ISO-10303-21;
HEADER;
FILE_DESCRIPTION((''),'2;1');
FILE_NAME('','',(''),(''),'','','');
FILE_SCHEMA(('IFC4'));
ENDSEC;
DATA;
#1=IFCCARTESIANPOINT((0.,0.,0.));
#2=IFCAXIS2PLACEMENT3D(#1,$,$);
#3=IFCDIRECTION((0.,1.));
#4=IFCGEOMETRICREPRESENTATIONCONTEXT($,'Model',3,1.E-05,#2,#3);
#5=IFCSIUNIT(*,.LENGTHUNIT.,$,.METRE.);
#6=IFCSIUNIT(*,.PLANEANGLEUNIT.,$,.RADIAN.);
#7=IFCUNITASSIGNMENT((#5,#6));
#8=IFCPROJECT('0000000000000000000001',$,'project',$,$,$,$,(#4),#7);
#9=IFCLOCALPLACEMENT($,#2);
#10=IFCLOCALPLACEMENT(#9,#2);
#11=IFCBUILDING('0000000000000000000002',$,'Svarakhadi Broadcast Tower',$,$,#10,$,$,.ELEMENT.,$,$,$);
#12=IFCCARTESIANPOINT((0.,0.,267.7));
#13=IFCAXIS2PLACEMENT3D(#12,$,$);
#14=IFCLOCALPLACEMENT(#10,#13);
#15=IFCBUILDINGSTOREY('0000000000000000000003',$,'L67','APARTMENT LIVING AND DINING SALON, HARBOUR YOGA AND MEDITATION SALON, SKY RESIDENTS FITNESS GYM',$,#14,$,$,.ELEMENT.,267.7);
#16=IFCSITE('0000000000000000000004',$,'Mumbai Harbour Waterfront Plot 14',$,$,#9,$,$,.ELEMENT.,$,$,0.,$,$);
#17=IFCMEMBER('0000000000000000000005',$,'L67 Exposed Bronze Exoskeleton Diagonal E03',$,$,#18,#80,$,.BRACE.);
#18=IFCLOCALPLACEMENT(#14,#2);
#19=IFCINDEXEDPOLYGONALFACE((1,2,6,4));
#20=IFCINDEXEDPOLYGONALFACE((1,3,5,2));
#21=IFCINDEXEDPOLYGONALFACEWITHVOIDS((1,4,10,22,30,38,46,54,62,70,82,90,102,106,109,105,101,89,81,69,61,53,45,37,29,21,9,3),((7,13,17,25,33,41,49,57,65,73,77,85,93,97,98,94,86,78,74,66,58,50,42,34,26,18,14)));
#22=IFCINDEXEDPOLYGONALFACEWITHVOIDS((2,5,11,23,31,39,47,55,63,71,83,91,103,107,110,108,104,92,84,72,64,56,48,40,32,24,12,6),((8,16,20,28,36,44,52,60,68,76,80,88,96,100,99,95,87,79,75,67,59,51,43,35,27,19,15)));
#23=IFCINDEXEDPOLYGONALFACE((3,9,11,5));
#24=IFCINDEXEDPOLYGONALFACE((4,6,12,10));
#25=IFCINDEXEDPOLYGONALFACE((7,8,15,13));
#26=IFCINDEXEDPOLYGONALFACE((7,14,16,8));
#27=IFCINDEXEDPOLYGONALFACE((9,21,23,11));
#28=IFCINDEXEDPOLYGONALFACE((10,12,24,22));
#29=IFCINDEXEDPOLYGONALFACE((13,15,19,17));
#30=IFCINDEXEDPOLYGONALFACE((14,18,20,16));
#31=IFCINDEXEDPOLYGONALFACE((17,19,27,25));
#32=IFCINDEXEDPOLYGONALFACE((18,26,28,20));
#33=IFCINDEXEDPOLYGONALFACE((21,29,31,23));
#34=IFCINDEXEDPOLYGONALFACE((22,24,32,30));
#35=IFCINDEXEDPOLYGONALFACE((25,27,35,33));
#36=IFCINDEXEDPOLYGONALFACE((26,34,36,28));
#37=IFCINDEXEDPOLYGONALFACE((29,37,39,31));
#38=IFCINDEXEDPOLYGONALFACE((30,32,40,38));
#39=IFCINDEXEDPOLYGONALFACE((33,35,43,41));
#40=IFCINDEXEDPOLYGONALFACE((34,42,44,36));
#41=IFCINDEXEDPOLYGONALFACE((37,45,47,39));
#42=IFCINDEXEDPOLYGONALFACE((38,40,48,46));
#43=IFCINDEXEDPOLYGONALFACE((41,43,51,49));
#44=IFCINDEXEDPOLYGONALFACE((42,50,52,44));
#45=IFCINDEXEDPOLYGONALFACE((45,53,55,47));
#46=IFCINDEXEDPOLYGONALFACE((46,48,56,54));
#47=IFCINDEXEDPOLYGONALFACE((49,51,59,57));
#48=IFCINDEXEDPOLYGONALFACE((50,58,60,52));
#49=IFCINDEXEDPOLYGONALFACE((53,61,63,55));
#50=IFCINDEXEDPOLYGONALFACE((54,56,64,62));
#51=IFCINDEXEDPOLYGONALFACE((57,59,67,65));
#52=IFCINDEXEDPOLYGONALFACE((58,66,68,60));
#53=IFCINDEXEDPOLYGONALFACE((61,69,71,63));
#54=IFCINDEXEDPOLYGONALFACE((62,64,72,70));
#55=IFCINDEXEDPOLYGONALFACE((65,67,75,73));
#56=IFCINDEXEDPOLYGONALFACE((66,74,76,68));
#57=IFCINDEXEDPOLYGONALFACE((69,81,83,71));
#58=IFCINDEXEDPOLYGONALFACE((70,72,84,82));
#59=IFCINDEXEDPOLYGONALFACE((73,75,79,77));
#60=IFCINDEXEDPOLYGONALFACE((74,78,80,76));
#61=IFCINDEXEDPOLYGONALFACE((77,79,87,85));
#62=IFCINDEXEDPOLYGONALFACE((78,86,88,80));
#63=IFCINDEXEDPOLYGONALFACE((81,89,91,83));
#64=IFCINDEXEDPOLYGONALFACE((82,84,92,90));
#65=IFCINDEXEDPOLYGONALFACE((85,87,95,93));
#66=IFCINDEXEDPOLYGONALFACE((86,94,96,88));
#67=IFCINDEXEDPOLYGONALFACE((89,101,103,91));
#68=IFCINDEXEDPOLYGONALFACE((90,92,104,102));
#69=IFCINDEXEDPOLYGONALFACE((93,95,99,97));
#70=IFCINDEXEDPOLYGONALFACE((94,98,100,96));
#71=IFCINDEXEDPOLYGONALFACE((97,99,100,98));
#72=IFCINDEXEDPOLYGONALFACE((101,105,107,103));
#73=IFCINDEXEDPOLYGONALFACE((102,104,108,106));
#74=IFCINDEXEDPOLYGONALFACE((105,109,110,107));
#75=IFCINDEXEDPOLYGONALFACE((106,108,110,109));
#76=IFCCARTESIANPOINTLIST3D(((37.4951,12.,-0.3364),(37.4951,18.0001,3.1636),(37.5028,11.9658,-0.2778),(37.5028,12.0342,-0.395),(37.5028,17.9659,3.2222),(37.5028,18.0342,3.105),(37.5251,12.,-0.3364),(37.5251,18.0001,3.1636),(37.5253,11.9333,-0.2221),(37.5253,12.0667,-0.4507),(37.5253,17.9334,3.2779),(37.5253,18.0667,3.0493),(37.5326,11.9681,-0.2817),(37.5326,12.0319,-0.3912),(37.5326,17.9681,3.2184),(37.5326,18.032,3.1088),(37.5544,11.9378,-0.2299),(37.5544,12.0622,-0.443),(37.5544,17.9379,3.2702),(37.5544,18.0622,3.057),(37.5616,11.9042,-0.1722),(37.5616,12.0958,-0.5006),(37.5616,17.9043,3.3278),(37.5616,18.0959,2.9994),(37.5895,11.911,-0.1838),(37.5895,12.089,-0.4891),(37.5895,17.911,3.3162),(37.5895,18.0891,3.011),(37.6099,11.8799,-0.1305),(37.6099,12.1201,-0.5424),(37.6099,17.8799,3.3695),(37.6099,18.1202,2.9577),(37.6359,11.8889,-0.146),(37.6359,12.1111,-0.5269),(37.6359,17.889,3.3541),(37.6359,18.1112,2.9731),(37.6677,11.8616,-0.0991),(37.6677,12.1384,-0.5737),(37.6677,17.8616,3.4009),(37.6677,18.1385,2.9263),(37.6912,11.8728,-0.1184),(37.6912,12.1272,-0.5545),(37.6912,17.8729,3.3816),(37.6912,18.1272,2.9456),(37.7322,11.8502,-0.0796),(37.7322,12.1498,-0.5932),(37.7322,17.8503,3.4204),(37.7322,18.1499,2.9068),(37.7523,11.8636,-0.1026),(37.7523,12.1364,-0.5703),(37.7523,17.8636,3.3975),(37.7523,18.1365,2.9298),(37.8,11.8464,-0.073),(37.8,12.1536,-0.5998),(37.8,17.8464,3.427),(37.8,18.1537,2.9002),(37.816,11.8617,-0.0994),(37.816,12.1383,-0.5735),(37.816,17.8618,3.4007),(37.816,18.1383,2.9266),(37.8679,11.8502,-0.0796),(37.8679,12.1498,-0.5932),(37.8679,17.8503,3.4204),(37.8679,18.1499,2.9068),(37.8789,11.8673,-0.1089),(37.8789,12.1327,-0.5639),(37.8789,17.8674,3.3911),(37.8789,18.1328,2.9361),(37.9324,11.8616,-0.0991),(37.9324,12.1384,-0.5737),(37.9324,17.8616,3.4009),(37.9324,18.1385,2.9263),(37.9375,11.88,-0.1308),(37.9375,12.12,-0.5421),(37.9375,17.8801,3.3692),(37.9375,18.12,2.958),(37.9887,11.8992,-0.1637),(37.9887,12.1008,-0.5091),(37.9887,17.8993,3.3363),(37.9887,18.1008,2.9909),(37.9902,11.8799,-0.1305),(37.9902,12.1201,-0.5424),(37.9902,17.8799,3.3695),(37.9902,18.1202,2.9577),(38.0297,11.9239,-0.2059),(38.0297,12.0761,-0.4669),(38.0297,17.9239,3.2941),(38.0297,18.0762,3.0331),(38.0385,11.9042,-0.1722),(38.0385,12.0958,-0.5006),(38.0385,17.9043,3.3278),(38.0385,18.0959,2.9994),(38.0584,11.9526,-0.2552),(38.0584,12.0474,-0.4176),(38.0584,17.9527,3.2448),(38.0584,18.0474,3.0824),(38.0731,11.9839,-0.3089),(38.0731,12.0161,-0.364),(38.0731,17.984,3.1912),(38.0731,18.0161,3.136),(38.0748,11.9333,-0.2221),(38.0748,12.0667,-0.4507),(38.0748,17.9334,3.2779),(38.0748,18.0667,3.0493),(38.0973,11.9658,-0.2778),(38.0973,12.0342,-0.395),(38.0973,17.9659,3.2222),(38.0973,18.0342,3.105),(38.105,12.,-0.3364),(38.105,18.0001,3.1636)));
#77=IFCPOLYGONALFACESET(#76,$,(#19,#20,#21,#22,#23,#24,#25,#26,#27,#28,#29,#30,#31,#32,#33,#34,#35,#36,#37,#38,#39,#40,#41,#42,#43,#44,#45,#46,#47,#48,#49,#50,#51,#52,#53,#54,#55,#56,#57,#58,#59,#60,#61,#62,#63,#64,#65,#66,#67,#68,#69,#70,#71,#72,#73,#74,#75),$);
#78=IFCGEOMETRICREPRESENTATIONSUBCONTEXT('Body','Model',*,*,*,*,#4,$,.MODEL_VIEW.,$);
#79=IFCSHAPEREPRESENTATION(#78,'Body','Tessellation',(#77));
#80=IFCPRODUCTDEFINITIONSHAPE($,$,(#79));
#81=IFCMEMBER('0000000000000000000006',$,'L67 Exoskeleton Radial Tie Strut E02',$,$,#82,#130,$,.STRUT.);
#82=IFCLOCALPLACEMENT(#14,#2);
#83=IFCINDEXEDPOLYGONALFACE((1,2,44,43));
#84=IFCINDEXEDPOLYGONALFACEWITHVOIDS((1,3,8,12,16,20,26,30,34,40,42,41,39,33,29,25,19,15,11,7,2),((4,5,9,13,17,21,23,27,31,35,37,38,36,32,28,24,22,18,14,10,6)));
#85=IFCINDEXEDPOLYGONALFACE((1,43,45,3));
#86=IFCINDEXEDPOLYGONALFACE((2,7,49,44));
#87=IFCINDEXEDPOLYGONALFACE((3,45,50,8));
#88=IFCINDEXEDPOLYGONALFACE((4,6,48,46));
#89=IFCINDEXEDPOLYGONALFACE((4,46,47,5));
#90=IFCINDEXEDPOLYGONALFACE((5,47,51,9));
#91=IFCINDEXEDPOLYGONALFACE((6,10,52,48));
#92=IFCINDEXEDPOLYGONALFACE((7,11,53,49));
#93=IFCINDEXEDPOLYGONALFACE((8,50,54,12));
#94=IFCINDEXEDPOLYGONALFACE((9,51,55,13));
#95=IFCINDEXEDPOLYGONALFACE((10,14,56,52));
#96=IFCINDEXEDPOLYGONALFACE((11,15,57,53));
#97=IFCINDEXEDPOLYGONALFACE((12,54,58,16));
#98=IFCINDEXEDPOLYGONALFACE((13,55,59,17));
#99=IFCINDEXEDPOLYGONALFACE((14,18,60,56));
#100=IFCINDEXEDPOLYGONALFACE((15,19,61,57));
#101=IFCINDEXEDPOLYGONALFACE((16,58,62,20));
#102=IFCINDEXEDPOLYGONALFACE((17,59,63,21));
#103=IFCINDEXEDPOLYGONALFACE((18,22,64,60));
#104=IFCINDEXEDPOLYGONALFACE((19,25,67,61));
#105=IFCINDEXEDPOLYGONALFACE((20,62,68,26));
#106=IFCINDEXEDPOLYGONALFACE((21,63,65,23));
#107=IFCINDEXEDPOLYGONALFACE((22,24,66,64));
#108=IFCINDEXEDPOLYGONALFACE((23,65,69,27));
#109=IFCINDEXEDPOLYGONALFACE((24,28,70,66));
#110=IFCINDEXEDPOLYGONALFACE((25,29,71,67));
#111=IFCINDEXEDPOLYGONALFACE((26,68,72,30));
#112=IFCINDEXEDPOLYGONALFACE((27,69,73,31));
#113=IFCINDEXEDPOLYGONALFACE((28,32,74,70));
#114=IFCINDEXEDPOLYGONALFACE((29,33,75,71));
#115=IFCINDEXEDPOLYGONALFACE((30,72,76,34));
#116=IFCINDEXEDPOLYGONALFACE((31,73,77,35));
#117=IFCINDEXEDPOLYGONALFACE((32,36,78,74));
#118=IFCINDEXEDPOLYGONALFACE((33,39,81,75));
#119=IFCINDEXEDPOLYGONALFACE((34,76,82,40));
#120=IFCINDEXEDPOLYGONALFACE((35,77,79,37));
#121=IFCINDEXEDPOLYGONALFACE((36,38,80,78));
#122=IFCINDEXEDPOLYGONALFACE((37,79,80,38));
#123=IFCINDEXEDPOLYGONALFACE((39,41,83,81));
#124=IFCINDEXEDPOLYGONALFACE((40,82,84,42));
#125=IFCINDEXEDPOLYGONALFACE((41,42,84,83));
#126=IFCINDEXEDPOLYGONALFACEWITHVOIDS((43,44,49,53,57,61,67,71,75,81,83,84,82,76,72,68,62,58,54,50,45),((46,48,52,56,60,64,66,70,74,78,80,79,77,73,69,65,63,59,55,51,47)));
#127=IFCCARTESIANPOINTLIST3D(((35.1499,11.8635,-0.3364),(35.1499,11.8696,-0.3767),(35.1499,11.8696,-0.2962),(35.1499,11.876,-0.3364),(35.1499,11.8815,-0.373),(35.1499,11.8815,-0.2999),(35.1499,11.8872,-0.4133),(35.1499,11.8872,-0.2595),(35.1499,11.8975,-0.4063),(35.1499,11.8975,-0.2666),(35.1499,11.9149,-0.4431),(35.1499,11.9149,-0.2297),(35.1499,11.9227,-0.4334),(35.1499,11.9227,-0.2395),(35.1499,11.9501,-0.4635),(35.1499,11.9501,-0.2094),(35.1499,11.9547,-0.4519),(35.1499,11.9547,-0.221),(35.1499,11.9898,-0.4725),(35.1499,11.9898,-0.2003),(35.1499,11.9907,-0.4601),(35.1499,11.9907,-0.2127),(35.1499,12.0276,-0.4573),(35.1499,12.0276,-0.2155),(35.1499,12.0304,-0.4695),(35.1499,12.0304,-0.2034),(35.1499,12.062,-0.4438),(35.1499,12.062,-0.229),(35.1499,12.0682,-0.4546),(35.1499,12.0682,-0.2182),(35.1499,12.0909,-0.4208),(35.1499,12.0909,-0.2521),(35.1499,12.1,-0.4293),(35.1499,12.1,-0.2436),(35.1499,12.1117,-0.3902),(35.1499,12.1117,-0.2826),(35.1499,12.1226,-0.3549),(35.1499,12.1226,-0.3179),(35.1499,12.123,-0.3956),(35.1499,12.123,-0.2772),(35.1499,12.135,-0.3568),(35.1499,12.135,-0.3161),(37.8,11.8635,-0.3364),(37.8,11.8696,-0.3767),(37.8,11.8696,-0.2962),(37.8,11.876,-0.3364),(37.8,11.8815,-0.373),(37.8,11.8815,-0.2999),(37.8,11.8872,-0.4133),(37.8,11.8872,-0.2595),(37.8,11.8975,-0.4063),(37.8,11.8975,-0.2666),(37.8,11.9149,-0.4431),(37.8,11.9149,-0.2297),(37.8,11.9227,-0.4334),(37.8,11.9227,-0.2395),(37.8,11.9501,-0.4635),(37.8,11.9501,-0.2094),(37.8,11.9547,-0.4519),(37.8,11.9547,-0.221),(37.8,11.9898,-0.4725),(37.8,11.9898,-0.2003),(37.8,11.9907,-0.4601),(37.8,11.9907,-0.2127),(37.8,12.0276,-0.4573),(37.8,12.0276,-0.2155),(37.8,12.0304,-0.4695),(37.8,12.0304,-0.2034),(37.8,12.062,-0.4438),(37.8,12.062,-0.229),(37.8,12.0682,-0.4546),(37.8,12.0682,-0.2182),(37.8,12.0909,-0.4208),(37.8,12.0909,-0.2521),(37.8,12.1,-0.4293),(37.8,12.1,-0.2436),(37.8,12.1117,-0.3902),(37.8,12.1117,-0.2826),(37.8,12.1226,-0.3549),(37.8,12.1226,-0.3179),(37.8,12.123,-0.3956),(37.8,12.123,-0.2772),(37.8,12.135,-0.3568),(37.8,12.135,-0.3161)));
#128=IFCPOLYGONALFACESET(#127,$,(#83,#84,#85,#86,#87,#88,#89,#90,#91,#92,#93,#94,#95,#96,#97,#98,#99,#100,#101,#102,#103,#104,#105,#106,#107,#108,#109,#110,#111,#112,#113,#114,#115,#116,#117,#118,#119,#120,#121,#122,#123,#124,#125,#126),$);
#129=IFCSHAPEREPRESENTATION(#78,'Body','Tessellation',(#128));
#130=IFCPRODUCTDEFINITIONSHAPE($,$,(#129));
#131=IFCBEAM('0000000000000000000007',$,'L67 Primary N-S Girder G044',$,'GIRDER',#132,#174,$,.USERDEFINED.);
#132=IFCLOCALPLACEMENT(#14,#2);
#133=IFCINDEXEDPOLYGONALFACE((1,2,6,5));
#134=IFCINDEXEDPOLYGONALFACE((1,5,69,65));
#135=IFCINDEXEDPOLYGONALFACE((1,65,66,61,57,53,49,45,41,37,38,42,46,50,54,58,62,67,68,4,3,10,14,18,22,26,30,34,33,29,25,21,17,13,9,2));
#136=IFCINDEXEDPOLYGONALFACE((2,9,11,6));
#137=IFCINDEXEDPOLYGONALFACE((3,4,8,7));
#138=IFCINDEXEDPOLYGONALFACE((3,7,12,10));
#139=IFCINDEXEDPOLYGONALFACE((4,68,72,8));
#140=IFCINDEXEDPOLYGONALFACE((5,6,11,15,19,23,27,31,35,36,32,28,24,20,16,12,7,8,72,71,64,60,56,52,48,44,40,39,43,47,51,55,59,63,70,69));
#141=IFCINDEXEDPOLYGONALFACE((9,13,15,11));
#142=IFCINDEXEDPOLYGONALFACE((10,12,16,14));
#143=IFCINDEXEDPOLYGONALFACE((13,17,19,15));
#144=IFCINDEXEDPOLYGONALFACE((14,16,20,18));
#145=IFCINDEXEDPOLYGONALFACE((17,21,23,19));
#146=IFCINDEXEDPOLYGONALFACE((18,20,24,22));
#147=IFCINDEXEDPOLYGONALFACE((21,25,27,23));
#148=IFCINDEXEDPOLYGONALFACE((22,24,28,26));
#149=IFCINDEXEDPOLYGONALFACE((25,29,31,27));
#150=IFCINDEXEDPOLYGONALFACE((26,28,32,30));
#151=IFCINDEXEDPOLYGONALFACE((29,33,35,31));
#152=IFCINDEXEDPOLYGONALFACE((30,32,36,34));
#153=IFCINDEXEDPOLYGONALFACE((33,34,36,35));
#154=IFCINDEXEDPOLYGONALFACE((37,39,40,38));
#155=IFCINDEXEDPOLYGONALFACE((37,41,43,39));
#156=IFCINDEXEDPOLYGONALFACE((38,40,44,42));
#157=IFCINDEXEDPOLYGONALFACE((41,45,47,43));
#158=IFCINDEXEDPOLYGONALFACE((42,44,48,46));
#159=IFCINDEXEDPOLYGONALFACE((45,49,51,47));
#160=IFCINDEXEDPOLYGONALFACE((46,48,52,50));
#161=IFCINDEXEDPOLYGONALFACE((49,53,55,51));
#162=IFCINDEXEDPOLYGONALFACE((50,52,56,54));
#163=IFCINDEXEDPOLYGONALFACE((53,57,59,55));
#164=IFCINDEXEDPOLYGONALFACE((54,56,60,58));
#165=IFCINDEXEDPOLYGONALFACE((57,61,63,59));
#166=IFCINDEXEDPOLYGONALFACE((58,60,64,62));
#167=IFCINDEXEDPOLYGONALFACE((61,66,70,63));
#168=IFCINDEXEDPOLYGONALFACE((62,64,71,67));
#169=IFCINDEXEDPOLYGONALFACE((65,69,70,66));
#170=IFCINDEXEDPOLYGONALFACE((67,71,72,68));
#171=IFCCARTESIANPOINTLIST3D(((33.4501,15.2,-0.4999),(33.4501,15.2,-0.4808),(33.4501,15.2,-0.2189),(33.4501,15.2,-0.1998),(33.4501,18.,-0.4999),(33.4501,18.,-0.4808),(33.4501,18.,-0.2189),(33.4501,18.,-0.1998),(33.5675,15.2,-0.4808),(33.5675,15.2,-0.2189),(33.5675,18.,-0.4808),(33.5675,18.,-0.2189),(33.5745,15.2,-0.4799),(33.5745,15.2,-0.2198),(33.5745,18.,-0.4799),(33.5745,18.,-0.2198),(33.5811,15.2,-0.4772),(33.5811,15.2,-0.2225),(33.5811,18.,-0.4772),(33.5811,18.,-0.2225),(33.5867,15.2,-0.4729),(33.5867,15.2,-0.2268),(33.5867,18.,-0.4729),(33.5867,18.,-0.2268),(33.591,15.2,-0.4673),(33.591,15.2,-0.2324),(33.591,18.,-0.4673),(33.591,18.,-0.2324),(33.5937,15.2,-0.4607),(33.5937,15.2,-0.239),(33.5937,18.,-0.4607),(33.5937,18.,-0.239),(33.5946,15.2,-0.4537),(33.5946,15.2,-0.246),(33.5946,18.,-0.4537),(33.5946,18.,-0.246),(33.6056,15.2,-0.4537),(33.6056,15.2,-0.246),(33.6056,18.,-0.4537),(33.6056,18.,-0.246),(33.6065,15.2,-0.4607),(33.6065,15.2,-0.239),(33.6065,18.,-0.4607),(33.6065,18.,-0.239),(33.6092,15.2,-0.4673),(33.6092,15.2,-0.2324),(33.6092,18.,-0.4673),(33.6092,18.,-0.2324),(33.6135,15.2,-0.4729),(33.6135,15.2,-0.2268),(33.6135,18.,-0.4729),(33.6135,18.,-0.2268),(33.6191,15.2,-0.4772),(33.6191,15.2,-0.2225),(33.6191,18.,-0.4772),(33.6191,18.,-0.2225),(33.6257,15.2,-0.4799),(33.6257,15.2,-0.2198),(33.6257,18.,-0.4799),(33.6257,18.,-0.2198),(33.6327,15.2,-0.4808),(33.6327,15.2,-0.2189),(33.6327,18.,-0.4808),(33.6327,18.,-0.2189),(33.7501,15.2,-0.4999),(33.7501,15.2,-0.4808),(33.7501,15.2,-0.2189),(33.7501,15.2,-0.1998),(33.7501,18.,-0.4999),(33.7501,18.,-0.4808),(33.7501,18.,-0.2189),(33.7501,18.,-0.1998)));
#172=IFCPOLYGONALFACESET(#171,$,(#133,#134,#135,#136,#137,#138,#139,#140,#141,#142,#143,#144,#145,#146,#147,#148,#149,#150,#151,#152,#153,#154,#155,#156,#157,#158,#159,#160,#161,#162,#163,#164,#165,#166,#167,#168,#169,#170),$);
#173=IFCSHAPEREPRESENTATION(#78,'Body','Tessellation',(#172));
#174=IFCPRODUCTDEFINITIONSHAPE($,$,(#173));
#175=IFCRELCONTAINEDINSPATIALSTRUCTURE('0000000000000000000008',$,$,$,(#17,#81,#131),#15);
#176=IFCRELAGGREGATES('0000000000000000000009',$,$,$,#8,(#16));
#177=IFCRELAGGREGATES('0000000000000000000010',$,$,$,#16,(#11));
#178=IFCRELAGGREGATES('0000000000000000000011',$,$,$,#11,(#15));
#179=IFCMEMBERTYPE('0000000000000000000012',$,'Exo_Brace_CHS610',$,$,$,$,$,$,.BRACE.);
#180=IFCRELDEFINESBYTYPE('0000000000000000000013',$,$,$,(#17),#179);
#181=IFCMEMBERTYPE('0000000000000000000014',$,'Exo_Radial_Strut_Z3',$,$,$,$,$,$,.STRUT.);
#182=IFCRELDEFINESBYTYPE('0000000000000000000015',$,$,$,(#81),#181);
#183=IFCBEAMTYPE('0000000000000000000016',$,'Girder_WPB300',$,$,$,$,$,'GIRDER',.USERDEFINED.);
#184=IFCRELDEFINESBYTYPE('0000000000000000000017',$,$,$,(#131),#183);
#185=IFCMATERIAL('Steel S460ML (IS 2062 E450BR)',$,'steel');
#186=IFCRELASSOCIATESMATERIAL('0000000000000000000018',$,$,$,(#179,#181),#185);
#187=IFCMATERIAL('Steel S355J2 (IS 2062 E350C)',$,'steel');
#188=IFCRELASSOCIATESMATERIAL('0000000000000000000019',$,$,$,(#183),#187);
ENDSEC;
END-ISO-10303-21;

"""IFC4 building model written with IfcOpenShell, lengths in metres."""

from ifc_helpers import new_model, si_unit, direction, frame, origin, origin_2d, place, context, subcontext, project, spatial, hollow_circle, i_section, extrude, material, material_profile, profile_set, type_object, element, save


model = new_model("IFC4")

# Units and contexts
model_context = context("Model", 3, precision=1e-05, world=origin(), true_north=direction((0.0, 1.0)))
body_context = subcontext(model_context, "Body", "Model", "MODEL_VIEW")
ifc_project = project(units=[si_unit("LENGTHUNIT", "METRE"), si_unit("PLANEANGLEUNIT", "RADIAN")], contexts=[model_context])

# Site, building, storey
site_placement = place(None, origin())
site = spatial("IfcSite", under=ifc_project, at=site_placement, Name="Mumbai Harbour Waterfront Plot 14", CompositionType="ELEMENT", RefElevation=0.0)
building_placement = place(site_placement, origin())
building = spatial("IfcBuilding", under=site, at=building_placement, Name="Svarakhadi Broadcast Tower", CompositionType="ELEMENT")
storey_placement = place(building_placement, frame((0.0, 0.0, 267.7)))
storey = spatial("IfcBuildingStorey", under=building, at=storey_placement, Name="L67", Description="APARTMENT LIVING AND DINING SALON, HARBOUR YOGA AND MEDITATION SALON, SKY RESIDENTS FITNESS GYM", CompositionType="ELEMENT", Elevation=267.7)

# Shared definitions
ifc_material_1 = material(Name="Steel S460ML (IS 2062 E450BR)", Category="steel")

# Members
ifc_material_profile_1 = material_profile(ifc_material_1, hollow_circle(Radius=0.3049, WallThickness=0.03, at=origin_2d()), Name="CHS 610x30")
ifc_profile_set_1 = profile_set([ifc_material_profile_1], Name="Steel S460ML (IS 2062 E450BR)")
member_type_1 = type_object("IfcMemberType", Name="Exo_Brace_CHS610", PredefinedType="BRACE", material=ifc_profile_set_1)
for number, where, z_axis, x_axis, name in (
    (1, (37.8, 12.0, -0.3364), (0.0, 0.863779, 0.503871), (-1.0, 0.0, 0.0), "L67 Exposed Bronze Exoskeleton Diagonal E03"),
):
    element("IfcMember", number, at=place(storey_placement, frame(where, z_axis=z_axis, x_axis=x_axis)), inside=storey, type_object=member_type_1, Name=name, PredefinedType="BRACE", context=body_context, shape_type="SweptSolid", body=[
        extrude(hollow_circle(Radius=0.3049, WallThickness=0.03, at=origin_2d()), origin(), (0.0, 0.0, 1.0), 6.9463),
    ])
ifc_material_profile_2 = material_profile(ifc_material_1, hollow_circle(Radius=0.1365, WallThickness=0.0125, at=origin_2d()), Name="CHS 273x12.5")
ifc_profile_set_2 = profile_set([ifc_material_profile_2], Name="Steel S460ML (IS 2062 E450BR)")
member_type_2 = type_object("IfcMemberType", Name="Exo_Radial_Strut_Z3", PredefinedType="STRUT", material=ifc_profile_set_2)
member_1_placement = place(storey_placement, frame((37.8, 12.0, -0.3364), z_axis=(-1.0, 0.0, 0.0), x_axis=(0.0, -1.0, 0.0)))
element("IfcMember", 2, at=member_1_placement, inside=storey, type_object=member_type_2, Name="L67 Exoskeleton Radial Tie Strut E02", PredefinedType="STRUT", context=body_context, shape_type="SweptSolid", body=[
    extrude(hollow_circle(Radius=0.1365, WallThickness=0.0125, at=origin_2d()), origin(), (0.0, 0.0, 1.0), 2.6501),
])

# Beam
ifc_material_2 = material(Name="Steel S355J2 (IS 2062 E350C)", Category="steel")
ifc_material_profile_3 = material_profile(ifc_material_2, i_section(OverallWidth=0.3, OverallDepth=0.3, WebThickness=0.011, FlangeThickness=0.019, FilletRadius=0.0271, at=origin_2d()), Name="WPB 300x300x117")
ifc_profile_set_3 = profile_set([ifc_material_profile_3], Name="Steel S355J2 (IS 2062 E350C)")
beam_type = type_object("IfcBeamType", Name="Girder_WPB300", ElementType="GIRDER", PredefinedType="USERDEFINED", material=ifc_profile_set_3)
beam_1_placement = place(storey_placement, frame((33.6001, 15.2, -0.3499), z_axis=(0.0, 1.0, 0.0), x_axis=(-1.0, 0.0, 0.0)))
element("IfcBeam", 3, at=beam_1_placement, inside=storey, type_object=beam_type, Name="L67 Primary N-S Girder G044", ObjectType="GIRDER", PredefinedType="USERDEFINED", context=body_context, shape_type="SweptSolid", body=[
    extrude(i_section(OverallWidth=0.3, OverallDepth=0.3, WebThickness=0.011, FlangeThickness=0.019, FilletRadius=0.0271, at=origin_2d()), origin(), (0.0, 0.0, 1.0), 2.8),
])

save(model, "model.ifc")
